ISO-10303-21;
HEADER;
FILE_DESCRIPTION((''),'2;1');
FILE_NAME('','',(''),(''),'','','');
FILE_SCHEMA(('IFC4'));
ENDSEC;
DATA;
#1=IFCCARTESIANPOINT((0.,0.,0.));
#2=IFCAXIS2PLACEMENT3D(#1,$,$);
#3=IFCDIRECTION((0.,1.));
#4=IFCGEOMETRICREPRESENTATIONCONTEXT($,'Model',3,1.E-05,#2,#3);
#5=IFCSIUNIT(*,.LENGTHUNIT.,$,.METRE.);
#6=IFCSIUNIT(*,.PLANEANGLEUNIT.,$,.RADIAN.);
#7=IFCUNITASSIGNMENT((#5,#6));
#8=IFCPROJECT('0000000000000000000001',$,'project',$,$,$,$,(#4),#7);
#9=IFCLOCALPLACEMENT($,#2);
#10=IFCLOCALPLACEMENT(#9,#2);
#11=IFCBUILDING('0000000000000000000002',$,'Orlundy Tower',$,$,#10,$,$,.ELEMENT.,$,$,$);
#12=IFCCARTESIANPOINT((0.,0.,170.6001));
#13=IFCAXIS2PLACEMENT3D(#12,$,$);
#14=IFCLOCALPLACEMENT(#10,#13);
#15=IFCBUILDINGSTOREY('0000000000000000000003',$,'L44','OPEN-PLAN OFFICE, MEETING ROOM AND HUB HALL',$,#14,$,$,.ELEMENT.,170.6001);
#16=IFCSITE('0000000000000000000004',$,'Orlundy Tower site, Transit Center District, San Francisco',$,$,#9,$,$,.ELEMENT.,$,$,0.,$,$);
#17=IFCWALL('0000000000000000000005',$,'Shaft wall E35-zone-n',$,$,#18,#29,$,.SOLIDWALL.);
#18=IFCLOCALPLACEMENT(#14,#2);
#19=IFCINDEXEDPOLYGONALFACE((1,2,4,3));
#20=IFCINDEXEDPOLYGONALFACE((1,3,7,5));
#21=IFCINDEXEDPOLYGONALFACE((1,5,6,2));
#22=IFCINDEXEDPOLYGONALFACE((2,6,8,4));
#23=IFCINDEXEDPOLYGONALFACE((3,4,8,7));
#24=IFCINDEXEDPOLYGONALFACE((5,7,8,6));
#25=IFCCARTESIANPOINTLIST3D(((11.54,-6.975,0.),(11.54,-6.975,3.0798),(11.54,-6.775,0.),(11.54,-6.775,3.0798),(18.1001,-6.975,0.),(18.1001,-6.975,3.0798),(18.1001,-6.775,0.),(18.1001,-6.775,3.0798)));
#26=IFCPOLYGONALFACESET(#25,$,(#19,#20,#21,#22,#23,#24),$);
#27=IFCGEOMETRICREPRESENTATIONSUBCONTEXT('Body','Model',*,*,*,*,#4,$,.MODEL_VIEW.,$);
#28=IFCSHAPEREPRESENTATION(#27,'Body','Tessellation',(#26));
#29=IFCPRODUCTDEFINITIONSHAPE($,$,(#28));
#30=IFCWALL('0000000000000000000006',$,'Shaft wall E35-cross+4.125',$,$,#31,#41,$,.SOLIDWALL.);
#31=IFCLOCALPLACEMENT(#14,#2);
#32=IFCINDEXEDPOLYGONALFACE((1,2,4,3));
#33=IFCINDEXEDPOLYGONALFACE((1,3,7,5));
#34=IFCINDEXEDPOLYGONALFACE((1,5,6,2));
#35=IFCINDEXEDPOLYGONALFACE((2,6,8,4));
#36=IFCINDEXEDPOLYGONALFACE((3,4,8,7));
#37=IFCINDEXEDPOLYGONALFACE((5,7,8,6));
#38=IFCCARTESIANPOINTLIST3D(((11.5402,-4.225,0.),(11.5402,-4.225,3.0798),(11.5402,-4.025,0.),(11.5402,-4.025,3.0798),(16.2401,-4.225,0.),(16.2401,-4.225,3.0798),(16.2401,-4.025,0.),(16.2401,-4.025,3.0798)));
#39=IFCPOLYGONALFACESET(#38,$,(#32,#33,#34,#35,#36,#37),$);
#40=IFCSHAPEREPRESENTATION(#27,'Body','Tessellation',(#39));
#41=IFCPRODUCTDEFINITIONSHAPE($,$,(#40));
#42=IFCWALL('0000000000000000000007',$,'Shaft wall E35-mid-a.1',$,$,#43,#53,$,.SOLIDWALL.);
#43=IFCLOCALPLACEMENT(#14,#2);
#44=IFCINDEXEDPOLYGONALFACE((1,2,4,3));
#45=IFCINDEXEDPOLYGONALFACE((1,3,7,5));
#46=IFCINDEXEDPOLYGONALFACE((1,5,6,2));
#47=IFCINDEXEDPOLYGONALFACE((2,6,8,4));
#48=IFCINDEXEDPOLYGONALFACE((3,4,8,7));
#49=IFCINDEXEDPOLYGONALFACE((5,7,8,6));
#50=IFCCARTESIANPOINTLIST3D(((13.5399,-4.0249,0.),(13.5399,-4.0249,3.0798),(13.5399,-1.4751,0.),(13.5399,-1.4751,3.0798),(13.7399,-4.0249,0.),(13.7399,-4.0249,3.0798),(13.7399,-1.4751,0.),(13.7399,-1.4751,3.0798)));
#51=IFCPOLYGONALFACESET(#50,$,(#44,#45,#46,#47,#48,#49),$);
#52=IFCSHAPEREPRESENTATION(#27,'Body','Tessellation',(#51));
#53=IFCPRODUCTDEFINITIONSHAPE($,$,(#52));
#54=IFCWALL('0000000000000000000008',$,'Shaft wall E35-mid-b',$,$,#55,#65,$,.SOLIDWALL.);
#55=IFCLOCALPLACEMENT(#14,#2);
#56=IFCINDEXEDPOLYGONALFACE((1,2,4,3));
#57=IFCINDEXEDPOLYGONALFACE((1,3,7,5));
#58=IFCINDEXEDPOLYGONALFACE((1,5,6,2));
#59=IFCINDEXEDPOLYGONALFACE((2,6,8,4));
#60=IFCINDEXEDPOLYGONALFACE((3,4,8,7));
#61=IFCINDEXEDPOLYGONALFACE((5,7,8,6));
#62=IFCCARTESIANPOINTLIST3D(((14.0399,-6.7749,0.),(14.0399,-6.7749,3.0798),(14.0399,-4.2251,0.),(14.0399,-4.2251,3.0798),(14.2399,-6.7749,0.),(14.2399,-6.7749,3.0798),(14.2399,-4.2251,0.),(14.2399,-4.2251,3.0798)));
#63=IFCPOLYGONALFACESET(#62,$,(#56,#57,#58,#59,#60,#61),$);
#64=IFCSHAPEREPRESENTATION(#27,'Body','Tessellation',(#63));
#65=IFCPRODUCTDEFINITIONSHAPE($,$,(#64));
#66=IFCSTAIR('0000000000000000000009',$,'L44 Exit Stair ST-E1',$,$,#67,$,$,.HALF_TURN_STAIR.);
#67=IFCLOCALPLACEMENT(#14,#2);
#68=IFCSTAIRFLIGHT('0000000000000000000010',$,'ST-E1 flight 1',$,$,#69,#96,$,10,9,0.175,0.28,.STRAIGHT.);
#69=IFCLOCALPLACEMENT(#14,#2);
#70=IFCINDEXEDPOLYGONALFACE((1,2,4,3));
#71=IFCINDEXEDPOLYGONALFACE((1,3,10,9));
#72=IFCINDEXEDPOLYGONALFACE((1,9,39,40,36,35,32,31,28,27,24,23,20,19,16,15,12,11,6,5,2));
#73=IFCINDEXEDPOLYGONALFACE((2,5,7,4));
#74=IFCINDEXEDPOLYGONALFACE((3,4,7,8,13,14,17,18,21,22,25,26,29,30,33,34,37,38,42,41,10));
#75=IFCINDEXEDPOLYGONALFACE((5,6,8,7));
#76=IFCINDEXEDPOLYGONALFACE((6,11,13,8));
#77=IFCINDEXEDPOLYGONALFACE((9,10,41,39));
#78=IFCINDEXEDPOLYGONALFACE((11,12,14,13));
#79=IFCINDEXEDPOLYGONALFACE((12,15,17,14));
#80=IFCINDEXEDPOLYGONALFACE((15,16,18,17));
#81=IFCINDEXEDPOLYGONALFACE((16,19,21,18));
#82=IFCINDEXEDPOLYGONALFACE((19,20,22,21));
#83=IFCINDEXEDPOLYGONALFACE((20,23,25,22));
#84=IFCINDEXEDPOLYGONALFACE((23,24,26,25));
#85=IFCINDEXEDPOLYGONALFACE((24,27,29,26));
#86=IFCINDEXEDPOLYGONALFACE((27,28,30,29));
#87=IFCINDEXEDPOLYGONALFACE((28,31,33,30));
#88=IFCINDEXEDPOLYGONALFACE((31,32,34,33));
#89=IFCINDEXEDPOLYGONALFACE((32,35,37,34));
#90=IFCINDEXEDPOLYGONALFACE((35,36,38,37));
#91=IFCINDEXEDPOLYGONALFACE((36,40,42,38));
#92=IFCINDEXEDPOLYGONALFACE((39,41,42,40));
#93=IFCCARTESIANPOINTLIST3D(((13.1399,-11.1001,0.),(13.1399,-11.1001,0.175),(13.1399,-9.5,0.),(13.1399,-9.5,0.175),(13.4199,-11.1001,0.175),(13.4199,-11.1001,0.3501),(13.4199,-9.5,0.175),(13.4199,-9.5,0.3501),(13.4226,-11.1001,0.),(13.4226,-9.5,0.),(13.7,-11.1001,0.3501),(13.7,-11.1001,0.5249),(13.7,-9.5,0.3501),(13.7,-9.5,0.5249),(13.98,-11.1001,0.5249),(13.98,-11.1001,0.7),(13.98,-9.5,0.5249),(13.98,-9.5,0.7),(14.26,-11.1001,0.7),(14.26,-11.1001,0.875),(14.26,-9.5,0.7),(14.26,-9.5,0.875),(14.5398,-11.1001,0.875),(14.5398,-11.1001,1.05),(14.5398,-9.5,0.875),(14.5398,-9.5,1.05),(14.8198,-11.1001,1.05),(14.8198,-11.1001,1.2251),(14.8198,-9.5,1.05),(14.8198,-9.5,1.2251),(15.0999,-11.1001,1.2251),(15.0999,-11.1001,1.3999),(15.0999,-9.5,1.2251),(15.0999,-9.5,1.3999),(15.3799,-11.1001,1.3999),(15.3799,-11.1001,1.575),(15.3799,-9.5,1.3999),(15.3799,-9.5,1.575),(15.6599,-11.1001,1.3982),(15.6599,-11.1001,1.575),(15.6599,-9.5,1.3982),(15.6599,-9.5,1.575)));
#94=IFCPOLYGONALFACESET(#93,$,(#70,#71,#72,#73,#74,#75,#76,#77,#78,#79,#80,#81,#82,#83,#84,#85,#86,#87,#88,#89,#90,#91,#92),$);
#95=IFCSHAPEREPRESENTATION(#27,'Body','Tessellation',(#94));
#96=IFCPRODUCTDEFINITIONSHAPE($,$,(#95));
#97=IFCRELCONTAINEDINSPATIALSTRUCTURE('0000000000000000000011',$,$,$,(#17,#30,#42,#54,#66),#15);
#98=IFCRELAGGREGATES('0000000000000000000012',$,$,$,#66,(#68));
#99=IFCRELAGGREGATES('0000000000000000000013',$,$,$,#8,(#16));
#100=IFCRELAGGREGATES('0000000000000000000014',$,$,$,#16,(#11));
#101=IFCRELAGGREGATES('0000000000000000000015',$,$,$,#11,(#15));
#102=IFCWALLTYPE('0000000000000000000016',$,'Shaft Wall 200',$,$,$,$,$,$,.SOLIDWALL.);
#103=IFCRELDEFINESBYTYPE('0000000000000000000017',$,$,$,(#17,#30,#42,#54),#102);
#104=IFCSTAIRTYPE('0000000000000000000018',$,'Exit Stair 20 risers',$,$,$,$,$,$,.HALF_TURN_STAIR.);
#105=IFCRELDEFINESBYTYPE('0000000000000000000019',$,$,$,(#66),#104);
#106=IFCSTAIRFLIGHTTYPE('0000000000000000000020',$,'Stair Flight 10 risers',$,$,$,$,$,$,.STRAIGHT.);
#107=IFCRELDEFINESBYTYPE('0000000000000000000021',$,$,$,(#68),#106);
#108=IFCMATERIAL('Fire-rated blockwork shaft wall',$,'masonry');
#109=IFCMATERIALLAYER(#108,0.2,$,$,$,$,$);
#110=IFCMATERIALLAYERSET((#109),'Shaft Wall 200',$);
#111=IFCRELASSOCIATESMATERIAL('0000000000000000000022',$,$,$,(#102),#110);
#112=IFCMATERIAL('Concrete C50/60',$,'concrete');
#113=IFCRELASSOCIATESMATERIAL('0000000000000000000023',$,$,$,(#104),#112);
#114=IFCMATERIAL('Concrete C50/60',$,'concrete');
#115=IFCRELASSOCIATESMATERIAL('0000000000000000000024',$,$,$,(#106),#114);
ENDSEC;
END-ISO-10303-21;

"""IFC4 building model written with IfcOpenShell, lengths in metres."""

from ifc_helpers import new_model, si_unit, direction, frame, frame_2d, origin, place, context, subcontext, project, spatial, polyline, rectangle, outline, extrude, material, layer, layer_set, type_object, element, aggregate, save


model = new_model("IFC4")

# Units and contexts
model_context = context("Model", 3, precision=1e-05, world=origin(), true_north=direction((0.0, 1.0)))
body_context = subcontext(model_context, "Body", "Model", "MODEL_VIEW")
ifc_project = project(units=[si_unit("LENGTHUNIT", "METRE"), si_unit("PLANEANGLEUNIT", "RADIAN")], contexts=[model_context])

# Site, building, storey
site_placement = place(None, origin())
site = spatial("IfcSite", under=ifc_project, at=site_placement, Name="Orlundy Tower site, Transit Center District, San Francisco", CompositionType="ELEMENT", RefElevation=0.0)
building_placement = place(site_placement, origin())
building = spatial("IfcBuilding", under=site, at=building_placement, Name="Orlundy Tower", CompositionType="ELEMENT")
storey_placement = place(building_placement, frame((0.0, 0.0, 170.6001)))
storey = spatial("IfcBuildingStorey", under=building, at=storey_placement, Name="L44", Description="OPEN-PLAN OFFICE, MEETING ROOM AND HUB HALL", CompositionType="ELEMENT", Elevation=170.6001)

# Walls
ifc_material_1 = material(Name="Fire-rated blockwork shaft wall", Category="masonry")
ifc_layer_1 = layer(ifc_material_1, 0.2)
ifc_layer_set_1 = layer_set([ifc_layer_1], Name="Shaft Wall 200")
wall_type_1 = type_object("IfcWallType", Name="Shaft Wall 200", PredefinedType="SOLIDWALL", material=ifc_layer_set_1)
wall_1_placement = place(storey_placement, frame((11.54, -6.875, 0.0), z_axis=(0.0, 0.0, 1.0), x_axis=(1.0, 0.0, 0.0)))
element("IfcWall", 1, at=wall_1_placement, inside=storey, type_object=wall_type_1, Name="Shaft wall E35-zone-n", PredefinedType="SOLIDWALL", context=body_context, shape_type="SweptSolid", body=[
    extrude(rectangle(XDim=6.5601, YDim=0.2, at=frame_2d((3.28, 0.0))), origin(), (0.0, 0.0, 1.0), 3.0798),
])
wall_2_placement = place(storey_placement, frame((11.54, -4.125, 0.0), z_axis=(0.0, 0.0, 1.0), x_axis=(1.0, 0.0, 0.0)))
element("IfcWall", 2, at=wall_2_placement, inside=storey, type_object=wall_type_1, Name="Shaft wall E35-cross+4.125", PredefinedType="SOLIDWALL", context=body_context, shape_type="SweptSolid", body=[
    extrude(rectangle(XDim=4.7, YDim=0.2, at=frame_2d((2.3501, 0.0))), origin(), (0.0, 0.0, 1.0), 3.0798),
])
for number, where, z_axis, x_axis, name in (
    (3, (13.6399, -1.4751, 0.0), (0.0, 0.0, 1.0), (0.0, -1.0, 0.0), "Shaft wall E35-mid-a.1"),
    (4, (14.1399, -4.2251, 0.0), (0.0, 0.0, 1.0), (0.0, -1.0, 0.0), "Shaft wall E35-mid-b"),
):
    element("IfcWall", number, at=place(storey_placement, frame(where, z_axis=z_axis, x_axis=x_axis)), inside=storey, type_object=wall_type_1, Name=name, PredefinedType="SOLIDWALL", context=body_context, shape_type="SweptSolid", body=[
        extrude(rectangle(XDim=2.5498, YDim=0.2, at=frame_2d((1.2749, 0.0))), origin(), (0.0, 0.0, 1.0), 3.0798),
    ])

# Stair, stair flight
ifc_material_2 = material(Name="Concrete C50/60", Category="concrete")
stair_type = type_object("IfcStairType", Name="Exit Stair 20 risers", PredefinedType="HALF_TURN_STAIR", material=ifc_material_2)
stair_placement = place(storey_placement, origin())
stair = element("IfcStair", 5, at=stair_placement, inside=storey, type_object=stair_type, Name="L44 Exit Stair ST-E1", PredefinedType="HALF_TURN_STAIR")
ifc_material_3 = material(Name="Concrete C50/60", Category="concrete")
stair_flight_type = type_object("IfcStairFlightType", Name="Stair Flight 10 risers", PredefinedType="STRAIGHT", material=ifc_material_3)
stair_flight_placement = place(storey_placement, frame((13.1399, -10.3, 0.0), z_axis=(0.0, 0.0, 1.0), x_axis=(1.0, 0.0, 0.0)))
stair_flight = element("IfcStairFlight", 6, at=stair_flight_placement, type_object=stair_flight_type, Name="ST-E1 flight 1", NumberOfRisers=10, NumberOfTreads=9, PredefinedType="STRAIGHT", RiserHeight=0.175, TreadLength=0.28, context=body_context, shape_type="SweptSolid", body=[
    extrude(outline(polyline([(0.0, 0.0), (0.0, 0.175), (0.28, 0.175), (0.28, 0.3501), (0.5601, 0.3501), (0.5601, 0.5249), (0.8401, 0.5249), (0.8401, 0.7), (1.1201, 0.7), (1.1201, 0.875), (1.3999, 0.875), (1.3999, 1.05), (1.6799, 1.05), (1.6799, 1.2251), (1.96, 1.2251), (1.96, 1.3999), (2.24, 1.3999), (2.24, 1.575), (2.52, 1.575), (2.52, 1.75), (2.52, 1.3982), (0.2827, 0.0), (0.0, 0.0)])), frame((0.0, 0.8, 0.0), z_axis=(0.0, -1.0, 0.0), x_axis=(1.0, 0.0, 0.0)), (0.0, 0.0, 1.0), 1.6001),
])
aggregate(stair, [stair_flight])

save(model, "model.ifc")
